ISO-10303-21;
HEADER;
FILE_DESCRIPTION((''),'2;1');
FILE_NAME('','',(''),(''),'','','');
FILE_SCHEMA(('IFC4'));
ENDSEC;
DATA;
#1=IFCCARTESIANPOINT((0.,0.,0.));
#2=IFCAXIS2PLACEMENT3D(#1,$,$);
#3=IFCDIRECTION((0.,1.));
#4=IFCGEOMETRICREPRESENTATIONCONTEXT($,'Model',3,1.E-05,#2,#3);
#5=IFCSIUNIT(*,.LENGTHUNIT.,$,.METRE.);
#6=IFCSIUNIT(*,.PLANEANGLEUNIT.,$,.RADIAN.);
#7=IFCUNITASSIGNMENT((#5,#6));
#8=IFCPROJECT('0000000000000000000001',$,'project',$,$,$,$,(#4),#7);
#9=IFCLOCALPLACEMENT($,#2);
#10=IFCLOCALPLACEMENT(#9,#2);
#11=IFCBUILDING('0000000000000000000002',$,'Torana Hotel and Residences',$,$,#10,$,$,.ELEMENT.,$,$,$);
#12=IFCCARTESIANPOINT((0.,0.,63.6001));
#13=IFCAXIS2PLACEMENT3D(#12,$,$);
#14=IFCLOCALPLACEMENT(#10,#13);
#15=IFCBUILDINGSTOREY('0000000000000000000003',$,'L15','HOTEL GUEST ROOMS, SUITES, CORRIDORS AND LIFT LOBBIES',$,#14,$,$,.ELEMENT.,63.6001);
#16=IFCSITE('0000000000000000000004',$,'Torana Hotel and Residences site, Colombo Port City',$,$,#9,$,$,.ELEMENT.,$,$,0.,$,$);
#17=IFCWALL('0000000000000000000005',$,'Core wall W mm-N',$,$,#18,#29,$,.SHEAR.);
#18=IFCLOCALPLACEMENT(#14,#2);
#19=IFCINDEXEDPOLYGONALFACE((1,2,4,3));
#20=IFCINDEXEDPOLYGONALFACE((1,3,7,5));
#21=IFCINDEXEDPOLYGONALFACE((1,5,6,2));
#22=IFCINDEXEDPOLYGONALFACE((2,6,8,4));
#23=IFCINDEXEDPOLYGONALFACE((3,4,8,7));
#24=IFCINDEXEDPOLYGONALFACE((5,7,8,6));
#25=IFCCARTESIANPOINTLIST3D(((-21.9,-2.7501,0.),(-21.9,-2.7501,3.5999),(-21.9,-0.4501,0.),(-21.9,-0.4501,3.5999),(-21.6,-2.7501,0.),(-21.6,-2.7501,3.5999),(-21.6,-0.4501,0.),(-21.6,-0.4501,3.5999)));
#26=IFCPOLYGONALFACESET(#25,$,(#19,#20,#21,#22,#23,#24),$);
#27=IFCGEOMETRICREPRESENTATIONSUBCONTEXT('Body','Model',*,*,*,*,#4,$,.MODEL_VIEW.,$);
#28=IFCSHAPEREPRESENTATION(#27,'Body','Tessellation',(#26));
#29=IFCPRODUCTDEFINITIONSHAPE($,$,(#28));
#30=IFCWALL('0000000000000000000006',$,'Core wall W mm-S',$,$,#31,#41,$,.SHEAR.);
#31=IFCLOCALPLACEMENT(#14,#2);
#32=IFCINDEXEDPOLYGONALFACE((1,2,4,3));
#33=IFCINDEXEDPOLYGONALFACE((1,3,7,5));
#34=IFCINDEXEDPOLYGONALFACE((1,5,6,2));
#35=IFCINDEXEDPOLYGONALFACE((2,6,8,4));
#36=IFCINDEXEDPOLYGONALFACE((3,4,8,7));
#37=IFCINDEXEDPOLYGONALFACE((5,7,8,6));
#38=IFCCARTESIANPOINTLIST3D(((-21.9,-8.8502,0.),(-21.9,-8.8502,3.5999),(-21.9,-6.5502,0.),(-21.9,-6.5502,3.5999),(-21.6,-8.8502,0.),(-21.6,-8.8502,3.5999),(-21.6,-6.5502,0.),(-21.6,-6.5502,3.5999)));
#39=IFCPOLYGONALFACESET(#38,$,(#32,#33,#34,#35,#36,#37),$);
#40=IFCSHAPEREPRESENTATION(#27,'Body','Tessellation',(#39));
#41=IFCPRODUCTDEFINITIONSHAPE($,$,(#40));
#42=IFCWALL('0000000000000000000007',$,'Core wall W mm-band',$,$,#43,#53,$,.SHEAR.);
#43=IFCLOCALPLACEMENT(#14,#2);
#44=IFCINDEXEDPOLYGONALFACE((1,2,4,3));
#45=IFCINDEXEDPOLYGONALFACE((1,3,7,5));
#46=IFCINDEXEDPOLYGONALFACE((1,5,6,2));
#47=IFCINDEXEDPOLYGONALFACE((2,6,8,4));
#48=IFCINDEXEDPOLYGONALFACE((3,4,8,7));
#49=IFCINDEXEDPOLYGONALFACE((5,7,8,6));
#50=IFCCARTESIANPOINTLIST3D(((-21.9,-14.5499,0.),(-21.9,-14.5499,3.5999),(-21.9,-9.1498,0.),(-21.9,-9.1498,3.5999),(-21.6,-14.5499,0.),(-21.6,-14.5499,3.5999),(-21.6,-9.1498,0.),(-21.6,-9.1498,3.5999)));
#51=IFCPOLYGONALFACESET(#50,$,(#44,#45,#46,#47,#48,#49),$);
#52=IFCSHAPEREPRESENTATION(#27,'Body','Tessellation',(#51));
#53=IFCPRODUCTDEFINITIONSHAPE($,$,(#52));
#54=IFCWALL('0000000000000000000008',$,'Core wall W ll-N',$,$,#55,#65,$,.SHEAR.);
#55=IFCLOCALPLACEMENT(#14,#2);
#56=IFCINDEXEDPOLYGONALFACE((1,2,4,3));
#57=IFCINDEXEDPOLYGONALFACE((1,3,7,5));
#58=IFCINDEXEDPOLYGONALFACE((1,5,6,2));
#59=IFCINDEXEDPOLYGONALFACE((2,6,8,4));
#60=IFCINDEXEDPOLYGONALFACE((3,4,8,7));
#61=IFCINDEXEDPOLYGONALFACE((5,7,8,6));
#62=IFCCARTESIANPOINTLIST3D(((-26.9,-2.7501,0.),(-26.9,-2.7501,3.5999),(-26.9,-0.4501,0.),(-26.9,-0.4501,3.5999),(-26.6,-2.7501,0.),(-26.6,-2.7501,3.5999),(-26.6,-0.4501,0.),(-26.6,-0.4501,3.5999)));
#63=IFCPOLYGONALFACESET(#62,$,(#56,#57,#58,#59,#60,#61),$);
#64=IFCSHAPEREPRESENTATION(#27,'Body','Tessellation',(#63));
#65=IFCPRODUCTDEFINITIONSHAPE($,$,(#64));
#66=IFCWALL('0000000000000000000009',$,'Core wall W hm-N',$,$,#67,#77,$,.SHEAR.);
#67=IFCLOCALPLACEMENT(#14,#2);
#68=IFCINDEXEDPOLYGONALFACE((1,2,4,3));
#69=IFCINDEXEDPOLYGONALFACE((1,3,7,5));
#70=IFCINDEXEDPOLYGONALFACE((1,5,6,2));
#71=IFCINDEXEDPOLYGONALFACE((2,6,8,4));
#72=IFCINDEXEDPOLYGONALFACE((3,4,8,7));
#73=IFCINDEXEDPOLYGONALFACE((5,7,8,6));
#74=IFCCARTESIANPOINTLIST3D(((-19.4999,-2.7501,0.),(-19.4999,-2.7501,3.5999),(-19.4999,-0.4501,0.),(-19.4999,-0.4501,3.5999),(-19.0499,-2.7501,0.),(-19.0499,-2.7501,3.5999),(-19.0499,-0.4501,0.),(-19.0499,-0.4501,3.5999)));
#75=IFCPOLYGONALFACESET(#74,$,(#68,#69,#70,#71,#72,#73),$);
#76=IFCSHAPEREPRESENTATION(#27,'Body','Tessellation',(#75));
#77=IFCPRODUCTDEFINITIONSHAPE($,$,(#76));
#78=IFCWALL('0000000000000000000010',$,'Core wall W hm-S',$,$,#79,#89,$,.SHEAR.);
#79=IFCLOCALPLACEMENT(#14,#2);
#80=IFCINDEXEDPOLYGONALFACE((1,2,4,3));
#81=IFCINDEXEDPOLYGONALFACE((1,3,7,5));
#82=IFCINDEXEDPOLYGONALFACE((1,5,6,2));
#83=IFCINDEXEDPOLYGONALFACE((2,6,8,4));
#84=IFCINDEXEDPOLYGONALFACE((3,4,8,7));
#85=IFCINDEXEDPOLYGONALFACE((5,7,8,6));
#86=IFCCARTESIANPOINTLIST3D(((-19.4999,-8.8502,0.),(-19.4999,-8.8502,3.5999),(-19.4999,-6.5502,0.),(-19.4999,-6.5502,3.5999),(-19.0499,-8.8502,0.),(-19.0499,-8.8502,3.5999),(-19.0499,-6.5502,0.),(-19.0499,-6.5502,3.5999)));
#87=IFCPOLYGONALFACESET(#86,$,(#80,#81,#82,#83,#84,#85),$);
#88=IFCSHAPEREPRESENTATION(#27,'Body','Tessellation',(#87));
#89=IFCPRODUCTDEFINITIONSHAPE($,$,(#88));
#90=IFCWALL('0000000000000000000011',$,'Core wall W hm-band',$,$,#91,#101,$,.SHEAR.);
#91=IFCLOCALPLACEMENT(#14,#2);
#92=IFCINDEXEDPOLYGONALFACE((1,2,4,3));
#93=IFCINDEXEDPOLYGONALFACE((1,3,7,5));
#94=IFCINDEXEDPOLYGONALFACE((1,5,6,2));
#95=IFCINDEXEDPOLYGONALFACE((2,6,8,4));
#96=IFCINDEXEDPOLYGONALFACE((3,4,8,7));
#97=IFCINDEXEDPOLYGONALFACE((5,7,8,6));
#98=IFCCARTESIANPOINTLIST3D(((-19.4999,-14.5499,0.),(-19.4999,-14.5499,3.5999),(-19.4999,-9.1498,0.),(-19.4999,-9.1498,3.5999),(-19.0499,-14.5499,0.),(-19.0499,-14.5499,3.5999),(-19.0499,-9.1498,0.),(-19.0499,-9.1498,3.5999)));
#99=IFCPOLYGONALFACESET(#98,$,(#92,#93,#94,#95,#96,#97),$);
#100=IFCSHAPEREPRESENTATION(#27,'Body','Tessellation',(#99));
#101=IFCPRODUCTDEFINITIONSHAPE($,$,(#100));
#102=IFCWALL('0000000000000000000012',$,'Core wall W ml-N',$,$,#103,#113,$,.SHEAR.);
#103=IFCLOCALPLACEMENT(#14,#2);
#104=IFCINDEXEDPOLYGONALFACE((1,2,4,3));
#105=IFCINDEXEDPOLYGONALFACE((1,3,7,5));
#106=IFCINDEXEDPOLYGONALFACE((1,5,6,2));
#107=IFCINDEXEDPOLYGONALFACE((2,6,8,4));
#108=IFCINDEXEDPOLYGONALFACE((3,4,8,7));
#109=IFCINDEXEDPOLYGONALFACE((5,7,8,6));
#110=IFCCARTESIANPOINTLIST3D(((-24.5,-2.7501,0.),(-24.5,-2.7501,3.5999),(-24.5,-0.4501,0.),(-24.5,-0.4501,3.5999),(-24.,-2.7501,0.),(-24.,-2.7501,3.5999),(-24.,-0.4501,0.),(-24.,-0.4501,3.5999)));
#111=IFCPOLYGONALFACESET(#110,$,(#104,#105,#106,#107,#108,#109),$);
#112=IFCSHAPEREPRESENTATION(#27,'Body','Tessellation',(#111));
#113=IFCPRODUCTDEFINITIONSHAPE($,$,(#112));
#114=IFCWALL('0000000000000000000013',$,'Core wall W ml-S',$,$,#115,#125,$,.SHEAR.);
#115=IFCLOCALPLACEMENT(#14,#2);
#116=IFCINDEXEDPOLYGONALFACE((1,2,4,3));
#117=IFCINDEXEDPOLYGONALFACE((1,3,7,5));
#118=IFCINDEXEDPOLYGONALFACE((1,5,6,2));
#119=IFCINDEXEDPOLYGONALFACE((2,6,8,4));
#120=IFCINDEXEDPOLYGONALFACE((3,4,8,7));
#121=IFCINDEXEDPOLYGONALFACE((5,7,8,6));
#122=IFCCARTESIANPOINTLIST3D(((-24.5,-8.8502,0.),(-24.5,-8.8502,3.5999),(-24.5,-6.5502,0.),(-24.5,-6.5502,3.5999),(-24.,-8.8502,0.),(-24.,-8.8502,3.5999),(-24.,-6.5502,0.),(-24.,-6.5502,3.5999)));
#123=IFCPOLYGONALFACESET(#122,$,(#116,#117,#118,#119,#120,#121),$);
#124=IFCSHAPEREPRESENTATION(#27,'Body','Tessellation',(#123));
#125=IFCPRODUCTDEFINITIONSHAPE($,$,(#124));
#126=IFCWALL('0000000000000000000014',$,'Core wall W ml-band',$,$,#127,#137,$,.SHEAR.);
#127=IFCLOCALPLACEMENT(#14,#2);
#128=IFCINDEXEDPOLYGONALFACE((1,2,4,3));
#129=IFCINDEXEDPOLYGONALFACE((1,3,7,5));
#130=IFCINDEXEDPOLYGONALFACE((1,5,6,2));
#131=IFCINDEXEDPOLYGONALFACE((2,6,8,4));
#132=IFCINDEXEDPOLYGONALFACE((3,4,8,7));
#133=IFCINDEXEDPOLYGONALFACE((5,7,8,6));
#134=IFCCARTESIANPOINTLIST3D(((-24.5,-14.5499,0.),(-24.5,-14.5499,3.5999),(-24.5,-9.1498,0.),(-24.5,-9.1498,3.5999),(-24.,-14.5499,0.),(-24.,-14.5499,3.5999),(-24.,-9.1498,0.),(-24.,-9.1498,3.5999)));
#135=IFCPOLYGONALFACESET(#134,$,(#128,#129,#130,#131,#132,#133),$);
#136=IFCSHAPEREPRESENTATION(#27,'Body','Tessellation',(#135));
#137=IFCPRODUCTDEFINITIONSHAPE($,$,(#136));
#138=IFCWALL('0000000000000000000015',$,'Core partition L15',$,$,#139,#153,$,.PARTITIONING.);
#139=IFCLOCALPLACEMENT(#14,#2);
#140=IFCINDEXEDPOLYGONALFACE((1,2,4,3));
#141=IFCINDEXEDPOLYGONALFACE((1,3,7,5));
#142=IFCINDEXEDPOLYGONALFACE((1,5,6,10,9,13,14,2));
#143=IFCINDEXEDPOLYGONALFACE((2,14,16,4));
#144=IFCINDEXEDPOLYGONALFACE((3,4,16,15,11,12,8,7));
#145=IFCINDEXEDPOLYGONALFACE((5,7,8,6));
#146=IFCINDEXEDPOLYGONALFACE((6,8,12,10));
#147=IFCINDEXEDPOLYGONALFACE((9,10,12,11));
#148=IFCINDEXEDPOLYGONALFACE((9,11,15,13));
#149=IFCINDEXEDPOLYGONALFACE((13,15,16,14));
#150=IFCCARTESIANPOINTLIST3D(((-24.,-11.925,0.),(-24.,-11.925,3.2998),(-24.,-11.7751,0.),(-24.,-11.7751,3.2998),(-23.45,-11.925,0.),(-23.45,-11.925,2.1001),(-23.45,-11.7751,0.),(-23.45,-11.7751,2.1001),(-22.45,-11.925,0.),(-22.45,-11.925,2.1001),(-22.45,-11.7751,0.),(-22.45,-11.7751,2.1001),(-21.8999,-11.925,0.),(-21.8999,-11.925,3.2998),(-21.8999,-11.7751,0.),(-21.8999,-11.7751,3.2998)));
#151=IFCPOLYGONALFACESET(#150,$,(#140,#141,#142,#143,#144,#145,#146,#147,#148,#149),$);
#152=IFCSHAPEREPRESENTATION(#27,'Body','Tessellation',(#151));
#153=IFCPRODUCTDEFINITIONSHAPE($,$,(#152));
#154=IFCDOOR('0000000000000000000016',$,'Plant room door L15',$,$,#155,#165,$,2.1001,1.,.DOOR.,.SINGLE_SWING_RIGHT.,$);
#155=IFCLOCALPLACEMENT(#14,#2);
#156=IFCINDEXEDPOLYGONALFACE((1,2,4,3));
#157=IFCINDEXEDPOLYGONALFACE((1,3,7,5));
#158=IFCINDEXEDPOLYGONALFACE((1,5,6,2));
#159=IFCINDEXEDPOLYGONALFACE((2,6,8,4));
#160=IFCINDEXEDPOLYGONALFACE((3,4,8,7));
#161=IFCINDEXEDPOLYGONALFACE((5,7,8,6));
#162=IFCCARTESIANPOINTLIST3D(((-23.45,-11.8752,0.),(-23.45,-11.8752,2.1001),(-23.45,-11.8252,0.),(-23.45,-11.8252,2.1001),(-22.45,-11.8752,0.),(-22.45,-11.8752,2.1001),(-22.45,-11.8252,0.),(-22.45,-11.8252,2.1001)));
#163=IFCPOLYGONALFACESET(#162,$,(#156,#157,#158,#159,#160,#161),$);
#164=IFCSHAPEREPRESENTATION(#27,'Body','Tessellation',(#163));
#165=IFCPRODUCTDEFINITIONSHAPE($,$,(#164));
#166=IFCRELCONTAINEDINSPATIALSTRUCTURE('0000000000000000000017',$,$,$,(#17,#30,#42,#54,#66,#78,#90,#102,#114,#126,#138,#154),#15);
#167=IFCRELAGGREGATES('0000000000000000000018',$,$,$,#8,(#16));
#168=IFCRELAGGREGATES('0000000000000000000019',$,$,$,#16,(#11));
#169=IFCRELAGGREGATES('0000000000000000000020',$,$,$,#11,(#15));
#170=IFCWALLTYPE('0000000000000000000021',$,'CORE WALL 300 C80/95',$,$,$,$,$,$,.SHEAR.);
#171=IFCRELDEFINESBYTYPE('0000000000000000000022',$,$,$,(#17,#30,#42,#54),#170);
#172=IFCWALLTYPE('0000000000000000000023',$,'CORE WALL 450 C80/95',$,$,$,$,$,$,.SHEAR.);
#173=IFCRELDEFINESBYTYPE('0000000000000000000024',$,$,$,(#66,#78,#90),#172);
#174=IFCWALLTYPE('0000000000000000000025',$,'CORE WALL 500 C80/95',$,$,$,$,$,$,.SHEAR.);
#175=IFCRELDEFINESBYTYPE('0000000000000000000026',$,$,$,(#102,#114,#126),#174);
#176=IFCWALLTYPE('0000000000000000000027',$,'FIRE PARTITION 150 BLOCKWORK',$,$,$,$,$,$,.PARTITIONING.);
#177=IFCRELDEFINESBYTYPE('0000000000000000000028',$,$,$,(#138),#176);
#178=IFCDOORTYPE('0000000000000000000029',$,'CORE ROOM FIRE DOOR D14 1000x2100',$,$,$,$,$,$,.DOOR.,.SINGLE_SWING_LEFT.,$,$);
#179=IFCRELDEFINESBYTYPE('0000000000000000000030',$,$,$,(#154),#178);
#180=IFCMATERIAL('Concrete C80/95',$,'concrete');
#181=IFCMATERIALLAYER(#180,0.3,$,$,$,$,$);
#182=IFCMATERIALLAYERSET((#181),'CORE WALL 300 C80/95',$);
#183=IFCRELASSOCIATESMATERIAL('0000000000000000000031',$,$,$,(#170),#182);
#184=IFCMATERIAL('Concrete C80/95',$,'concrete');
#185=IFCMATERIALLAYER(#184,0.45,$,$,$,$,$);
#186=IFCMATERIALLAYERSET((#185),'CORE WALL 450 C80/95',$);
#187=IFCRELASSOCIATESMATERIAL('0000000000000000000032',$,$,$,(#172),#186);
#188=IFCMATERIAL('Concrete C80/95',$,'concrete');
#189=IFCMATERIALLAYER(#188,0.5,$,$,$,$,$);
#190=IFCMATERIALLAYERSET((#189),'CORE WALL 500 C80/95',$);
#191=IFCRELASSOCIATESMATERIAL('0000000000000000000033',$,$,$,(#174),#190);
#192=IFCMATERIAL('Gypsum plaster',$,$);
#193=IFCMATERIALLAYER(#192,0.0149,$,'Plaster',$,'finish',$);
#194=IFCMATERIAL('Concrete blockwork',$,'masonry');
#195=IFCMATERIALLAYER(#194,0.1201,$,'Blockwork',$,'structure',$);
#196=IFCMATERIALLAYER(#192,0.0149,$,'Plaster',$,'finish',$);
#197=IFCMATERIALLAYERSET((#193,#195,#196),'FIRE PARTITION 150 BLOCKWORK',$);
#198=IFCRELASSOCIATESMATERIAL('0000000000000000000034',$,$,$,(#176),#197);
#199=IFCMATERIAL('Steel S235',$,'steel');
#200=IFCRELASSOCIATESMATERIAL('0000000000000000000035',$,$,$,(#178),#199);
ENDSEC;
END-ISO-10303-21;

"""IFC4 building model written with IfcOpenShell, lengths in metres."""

from ifc_helpers import new_model, si_unit, direction, frame, frame_2d, origin, place, context, subcontext, project, spatial, rectangle, extrude, material, layer, layer_set, type_object, element, fill, save


model = new_model("IFC4")

# Units and contexts
model_context = context("Model", 3, precision=1e-05, world=origin(), true_north=direction((0.0, 1.0)))
body_context = subcontext(model_context, "Body", "Model", "MODEL_VIEW")
ifc_project = project(units=[si_unit("LENGTHUNIT", "METRE"), si_unit("PLANEANGLEUNIT", "RADIAN")], contexts=[model_context])

# Site, building, storey
site_placement = place(None, origin())
site = spatial("IfcSite", under=ifc_project, at=site_placement, Name="Torana Hotel and Residences site, Colombo Port City", CompositionType="ELEMENT", RefElevation=0.0)
building_placement = place(site_placement, origin())
building = spatial("IfcBuilding", under=site, at=building_placement, Name="Torana Hotel and Residences", CompositionType="ELEMENT")
storey_placement = place(building_placement, frame((0.0, 0.0, 63.6001)))
storey = spatial("IfcBuildingStorey", under=building, at=storey_placement, Name="L15", Description="HOTEL GUEST ROOMS, SUITES, CORRIDORS AND LIFT LOBBIES", CompositionType="ELEMENT", Elevation=63.6001)

# Walls
ifc_material_1 = material(Name="Concrete C80/95", Category="concrete")
ifc_layer_1 = layer(ifc_material_1, 0.3)
ifc_layer_set_1 = layer_set([ifc_layer_1], Name="CORE WALL 300 C80/95")
wall_type_1 = type_object("IfcWallType", Name="CORE WALL 300 C80/95", PredefinedType="SHEAR", material=ifc_layer_set_1)
for number, where, z_axis, x_axis, name in (
    (1, (-21.75, -2.75, 0.0), (0.0, 0.0, 1.0), (0.0, 1.0, 0.0), "Core wall W mm-N"),
    (2, (-21.75, -8.8501, 0.0), (0.0, 0.0, 1.0), (0.0, 1.0, 0.0), "Core wall W mm-S"),
):
    element("IfcWall", number, at=place(storey_placement, frame(where, z_axis=z_axis, x_axis=x_axis)), inside=storey, type_object=wall_type_1, Name=name, PredefinedType="SHEAR", context=body_context, shape_type="SweptSolid", body=[
        extrude(rectangle(XDim=2.3, YDim=0.3, at=frame_2d((1.1499, 0.0))), origin(), (0.0, 0.0, 1.0), 3.5999),
    ])
wall_1_placement = place(storey_placement, frame((-21.75, -14.55, 0.0), z_axis=(0.0, 0.0, 1.0), x_axis=(0.0, 1.0, 0.0)))
element("IfcWall", 3, at=wall_1_placement, inside=storey, type_object=wall_type_1, Name="Core wall W mm-band", PredefinedType="SHEAR", context=body_context, shape_type="SweptSolid", body=[
    extrude(rectangle(XDim=5.4001, YDim=0.3, at=frame_2d((2.7002, 0.0))), origin(), (0.0, 0.0, 1.0), 3.5999),
])
wall_2_placement = place(storey_placement, frame((-26.75, -2.75, 0.0), z_axis=(0.0, 0.0, 1.0), x_axis=(0.0, 1.0, 0.0)))
element("IfcWall", 4, at=wall_2_placement, inside=storey, type_object=wall_type_1, Name="Core wall W ll-N", PredefinedType="SHEAR", context=body_context, shape_type="SweptSolid", body=[
    extrude(rectangle(XDim=2.3, YDim=0.3, at=frame_2d((1.1499, 0.0))), origin(), (0.0, 0.0, 1.0), 3.5999),
])
ifc_material_2 = material(Name="Concrete C80/95", Category="concrete")
ifc_layer_2 = layer(ifc_material_2, 0.45)
ifc_layer_set_2 = layer_set([ifc_layer_2], Name="CORE WALL 450 C80/95")
wall_type_2 = type_object("IfcWallType", Name="CORE WALL 450 C80/95", PredefinedType="SHEAR", material=ifc_layer_set_2)
for number, where, z_axis, x_axis, name in (
    (5, (-19.2749, -2.75, 0.0), (0.0, 0.0, 1.0), (0.0, 1.0, 0.0), "Core wall W hm-N"),
    (6, (-19.2749, -8.8501, 0.0), (0.0, 0.0, 1.0), (0.0, 1.0, 0.0), "Core wall W hm-S"),
):
    element("IfcWall", number, at=place(storey_placement, frame(where, z_axis=z_axis, x_axis=x_axis)), inside=storey, type_object=wall_type_2, Name=name, PredefinedType="SHEAR", context=body_context, shape_type="SweptSolid", body=[
        extrude(rectangle(XDim=2.3, YDim=0.45, at=frame_2d((1.1499, 0.0))), origin(), (0.0, 0.0, 1.0), 3.5999),
    ])
wall_3_placement = place(storey_placement, frame((-19.2749, -14.55, 0.0), z_axis=(0.0, 0.0, 1.0), x_axis=(0.0, 1.0, 0.0)))
element("IfcWall", 7, at=wall_3_placement, inside=storey, type_object=wall_type_2, Name="Core wall W hm-band", PredefinedType="SHEAR", context=body_context, shape_type="SweptSolid", body=[
    extrude(rectangle(XDim=5.4001, YDim=0.45, at=frame_2d((2.7002, 0.0))), origin(), (0.0, 0.0, 1.0), 3.5999),
])
ifc_material_3 = material(Name="Concrete C80/95", Category="concrete")
ifc_layer_3 = layer(ifc_material_3, 0.5)
ifc_layer_set_3 = layer_set([ifc_layer_3], Name="CORE WALL 500 C80/95")
wall_type_3 = type_object("IfcWallType", Name="CORE WALL 500 C80/95", PredefinedType="SHEAR", material=ifc_layer_set_3)
for number, where, z_axis, x_axis, name in (
    (8, (-24.25, -2.75, 0.0), (0.0, 0.0, 1.0), (0.0, 1.0, 0.0), "Core wall W ml-N"),
    (9, (-24.25, -8.8501, 0.0), (0.0, 0.0, 1.0), (0.0, 1.0, 0.0), "Core wall W ml-S"),
):
    element("IfcWall", number, at=place(storey_placement, frame(where, z_axis=z_axis, x_axis=x_axis)), inside=storey, type_object=wall_type_3, Name=name, PredefinedType="SHEAR", context=body_context, shape_type="SweptSolid", body=[
        extrude(rectangle(XDim=2.3, YDim=0.5, at=frame_2d((1.1499, 0.0))), origin(), (0.0, 0.0, 1.0), 3.5999),
    ])
wall_4_placement = place(storey_placement, frame((-24.25, -14.55, 0.0), z_axis=(0.0, 0.0, 1.0), x_axis=(0.0, 1.0, 0.0)))
element("IfcWall", 10, at=wall_4_placement, inside=storey, type_object=wall_type_3, Name="Core wall W ml-band", PredefinedType="SHEAR", context=body_context, shape_type="SweptSolid", body=[
    extrude(rectangle(XDim=5.4001, YDim=0.5, at=frame_2d((2.7002, 0.0))), origin(), (0.0, 0.0, 1.0), 3.5999),
])

# Wall, opening, door
ifc_material_4 = material(Name="Gypsum plaster")
ifc_layer_4 = layer(ifc_material_4, 0.0149, Name="Plaster", Category="finish")
ifc_material_5 = material(Name="Concrete blockwork", Category="masonry")
ifc_layer_5 = layer(ifc_material_5, 0.1201, Name="Blockwork", Category="structure")
ifc_layer_6 = layer(ifc_material_4, 0.0149, Name="Plaster", Category="finish")
ifc_layer_set_4 = layer_set([ifc_layer_4, ifc_layer_5, ifc_layer_6], Name="FIRE PARTITION 150 BLOCKWORK")
wall_type_4 = type_object("IfcWallType", Name="FIRE PARTITION 150 BLOCKWORK", PredefinedType="PARTITIONING", material=ifc_layer_set_4)
wall_5_placement = place(storey_placement, frame((-24.0, -11.8501, 0.0), z_axis=(0.0, 0.0, 1.0), x_axis=(1.0, 0.0, 0.0)))
wall_5 = element("IfcWall", 11, at=wall_5_placement, inside=storey, type_object=wall_type_4, Name="Core partition L15", PredefinedType="PARTITIONING", context=body_context, shape_type="SweptSolid", body=[
    extrude(rectangle(XDim=2.1001, YDim=0.1499, at=frame_2d((1.05, 0.0))), origin(), (0.0, 0.0, 1.0), 3.2998),
])
opening_placement = place(wall_5_placement, frame((0.55, 0.0, 0.0)))
opening = element("IfcOpeningElement", 12, at=opening_placement, cuts=wall_5, PredefinedType="OPENING", context=body_context, shape_type="SweptSolid", body=[
    extrude(rectangle(XDim=1.0, YDim=2.1001, at=frame_2d((0.5, 1.05))), frame((0.0, 0.085, 0.0), z_axis=(0.0, -1.0, 0.0), x_axis=(1.0, 0.0, 0.0)), (0.0, 0.0, 1.0), 0.1699),
])
ifc_material_6 = material(Name="Steel S235", Category="steel")
door_type = type_object("IfcDoorType", Name="CORE ROOM FIRE DOOR D14 1000x2100", OperationType="SINGLE_SWING_LEFT", PredefinedType="DOOR", material=ifc_material_6)
door_placement = place(opening_placement, origin())
door = element("IfcDoor", 13, at=door_placement, inside=storey, type_object=door_type, Name="Plant room door L15", OperationType="SINGLE_SWING_RIGHT", OverallHeight=2.1001, OverallWidth=1.0, PredefinedType="DOOR", context=body_context, shape_type="SweptSolid", body=[
    extrude(rectangle(XDim=1.0, YDim=2.1001, at=frame_2d((0.5, 1.05))), frame((0.0, 0.0249, 0.0), z_axis=(0.0, -1.0, 0.0), x_axis=(1.0, 0.0, 0.0)), (0.0, 0.0, 1.0), 0.05),
])
fill(opening, door)

save(model, "model.ifc")
